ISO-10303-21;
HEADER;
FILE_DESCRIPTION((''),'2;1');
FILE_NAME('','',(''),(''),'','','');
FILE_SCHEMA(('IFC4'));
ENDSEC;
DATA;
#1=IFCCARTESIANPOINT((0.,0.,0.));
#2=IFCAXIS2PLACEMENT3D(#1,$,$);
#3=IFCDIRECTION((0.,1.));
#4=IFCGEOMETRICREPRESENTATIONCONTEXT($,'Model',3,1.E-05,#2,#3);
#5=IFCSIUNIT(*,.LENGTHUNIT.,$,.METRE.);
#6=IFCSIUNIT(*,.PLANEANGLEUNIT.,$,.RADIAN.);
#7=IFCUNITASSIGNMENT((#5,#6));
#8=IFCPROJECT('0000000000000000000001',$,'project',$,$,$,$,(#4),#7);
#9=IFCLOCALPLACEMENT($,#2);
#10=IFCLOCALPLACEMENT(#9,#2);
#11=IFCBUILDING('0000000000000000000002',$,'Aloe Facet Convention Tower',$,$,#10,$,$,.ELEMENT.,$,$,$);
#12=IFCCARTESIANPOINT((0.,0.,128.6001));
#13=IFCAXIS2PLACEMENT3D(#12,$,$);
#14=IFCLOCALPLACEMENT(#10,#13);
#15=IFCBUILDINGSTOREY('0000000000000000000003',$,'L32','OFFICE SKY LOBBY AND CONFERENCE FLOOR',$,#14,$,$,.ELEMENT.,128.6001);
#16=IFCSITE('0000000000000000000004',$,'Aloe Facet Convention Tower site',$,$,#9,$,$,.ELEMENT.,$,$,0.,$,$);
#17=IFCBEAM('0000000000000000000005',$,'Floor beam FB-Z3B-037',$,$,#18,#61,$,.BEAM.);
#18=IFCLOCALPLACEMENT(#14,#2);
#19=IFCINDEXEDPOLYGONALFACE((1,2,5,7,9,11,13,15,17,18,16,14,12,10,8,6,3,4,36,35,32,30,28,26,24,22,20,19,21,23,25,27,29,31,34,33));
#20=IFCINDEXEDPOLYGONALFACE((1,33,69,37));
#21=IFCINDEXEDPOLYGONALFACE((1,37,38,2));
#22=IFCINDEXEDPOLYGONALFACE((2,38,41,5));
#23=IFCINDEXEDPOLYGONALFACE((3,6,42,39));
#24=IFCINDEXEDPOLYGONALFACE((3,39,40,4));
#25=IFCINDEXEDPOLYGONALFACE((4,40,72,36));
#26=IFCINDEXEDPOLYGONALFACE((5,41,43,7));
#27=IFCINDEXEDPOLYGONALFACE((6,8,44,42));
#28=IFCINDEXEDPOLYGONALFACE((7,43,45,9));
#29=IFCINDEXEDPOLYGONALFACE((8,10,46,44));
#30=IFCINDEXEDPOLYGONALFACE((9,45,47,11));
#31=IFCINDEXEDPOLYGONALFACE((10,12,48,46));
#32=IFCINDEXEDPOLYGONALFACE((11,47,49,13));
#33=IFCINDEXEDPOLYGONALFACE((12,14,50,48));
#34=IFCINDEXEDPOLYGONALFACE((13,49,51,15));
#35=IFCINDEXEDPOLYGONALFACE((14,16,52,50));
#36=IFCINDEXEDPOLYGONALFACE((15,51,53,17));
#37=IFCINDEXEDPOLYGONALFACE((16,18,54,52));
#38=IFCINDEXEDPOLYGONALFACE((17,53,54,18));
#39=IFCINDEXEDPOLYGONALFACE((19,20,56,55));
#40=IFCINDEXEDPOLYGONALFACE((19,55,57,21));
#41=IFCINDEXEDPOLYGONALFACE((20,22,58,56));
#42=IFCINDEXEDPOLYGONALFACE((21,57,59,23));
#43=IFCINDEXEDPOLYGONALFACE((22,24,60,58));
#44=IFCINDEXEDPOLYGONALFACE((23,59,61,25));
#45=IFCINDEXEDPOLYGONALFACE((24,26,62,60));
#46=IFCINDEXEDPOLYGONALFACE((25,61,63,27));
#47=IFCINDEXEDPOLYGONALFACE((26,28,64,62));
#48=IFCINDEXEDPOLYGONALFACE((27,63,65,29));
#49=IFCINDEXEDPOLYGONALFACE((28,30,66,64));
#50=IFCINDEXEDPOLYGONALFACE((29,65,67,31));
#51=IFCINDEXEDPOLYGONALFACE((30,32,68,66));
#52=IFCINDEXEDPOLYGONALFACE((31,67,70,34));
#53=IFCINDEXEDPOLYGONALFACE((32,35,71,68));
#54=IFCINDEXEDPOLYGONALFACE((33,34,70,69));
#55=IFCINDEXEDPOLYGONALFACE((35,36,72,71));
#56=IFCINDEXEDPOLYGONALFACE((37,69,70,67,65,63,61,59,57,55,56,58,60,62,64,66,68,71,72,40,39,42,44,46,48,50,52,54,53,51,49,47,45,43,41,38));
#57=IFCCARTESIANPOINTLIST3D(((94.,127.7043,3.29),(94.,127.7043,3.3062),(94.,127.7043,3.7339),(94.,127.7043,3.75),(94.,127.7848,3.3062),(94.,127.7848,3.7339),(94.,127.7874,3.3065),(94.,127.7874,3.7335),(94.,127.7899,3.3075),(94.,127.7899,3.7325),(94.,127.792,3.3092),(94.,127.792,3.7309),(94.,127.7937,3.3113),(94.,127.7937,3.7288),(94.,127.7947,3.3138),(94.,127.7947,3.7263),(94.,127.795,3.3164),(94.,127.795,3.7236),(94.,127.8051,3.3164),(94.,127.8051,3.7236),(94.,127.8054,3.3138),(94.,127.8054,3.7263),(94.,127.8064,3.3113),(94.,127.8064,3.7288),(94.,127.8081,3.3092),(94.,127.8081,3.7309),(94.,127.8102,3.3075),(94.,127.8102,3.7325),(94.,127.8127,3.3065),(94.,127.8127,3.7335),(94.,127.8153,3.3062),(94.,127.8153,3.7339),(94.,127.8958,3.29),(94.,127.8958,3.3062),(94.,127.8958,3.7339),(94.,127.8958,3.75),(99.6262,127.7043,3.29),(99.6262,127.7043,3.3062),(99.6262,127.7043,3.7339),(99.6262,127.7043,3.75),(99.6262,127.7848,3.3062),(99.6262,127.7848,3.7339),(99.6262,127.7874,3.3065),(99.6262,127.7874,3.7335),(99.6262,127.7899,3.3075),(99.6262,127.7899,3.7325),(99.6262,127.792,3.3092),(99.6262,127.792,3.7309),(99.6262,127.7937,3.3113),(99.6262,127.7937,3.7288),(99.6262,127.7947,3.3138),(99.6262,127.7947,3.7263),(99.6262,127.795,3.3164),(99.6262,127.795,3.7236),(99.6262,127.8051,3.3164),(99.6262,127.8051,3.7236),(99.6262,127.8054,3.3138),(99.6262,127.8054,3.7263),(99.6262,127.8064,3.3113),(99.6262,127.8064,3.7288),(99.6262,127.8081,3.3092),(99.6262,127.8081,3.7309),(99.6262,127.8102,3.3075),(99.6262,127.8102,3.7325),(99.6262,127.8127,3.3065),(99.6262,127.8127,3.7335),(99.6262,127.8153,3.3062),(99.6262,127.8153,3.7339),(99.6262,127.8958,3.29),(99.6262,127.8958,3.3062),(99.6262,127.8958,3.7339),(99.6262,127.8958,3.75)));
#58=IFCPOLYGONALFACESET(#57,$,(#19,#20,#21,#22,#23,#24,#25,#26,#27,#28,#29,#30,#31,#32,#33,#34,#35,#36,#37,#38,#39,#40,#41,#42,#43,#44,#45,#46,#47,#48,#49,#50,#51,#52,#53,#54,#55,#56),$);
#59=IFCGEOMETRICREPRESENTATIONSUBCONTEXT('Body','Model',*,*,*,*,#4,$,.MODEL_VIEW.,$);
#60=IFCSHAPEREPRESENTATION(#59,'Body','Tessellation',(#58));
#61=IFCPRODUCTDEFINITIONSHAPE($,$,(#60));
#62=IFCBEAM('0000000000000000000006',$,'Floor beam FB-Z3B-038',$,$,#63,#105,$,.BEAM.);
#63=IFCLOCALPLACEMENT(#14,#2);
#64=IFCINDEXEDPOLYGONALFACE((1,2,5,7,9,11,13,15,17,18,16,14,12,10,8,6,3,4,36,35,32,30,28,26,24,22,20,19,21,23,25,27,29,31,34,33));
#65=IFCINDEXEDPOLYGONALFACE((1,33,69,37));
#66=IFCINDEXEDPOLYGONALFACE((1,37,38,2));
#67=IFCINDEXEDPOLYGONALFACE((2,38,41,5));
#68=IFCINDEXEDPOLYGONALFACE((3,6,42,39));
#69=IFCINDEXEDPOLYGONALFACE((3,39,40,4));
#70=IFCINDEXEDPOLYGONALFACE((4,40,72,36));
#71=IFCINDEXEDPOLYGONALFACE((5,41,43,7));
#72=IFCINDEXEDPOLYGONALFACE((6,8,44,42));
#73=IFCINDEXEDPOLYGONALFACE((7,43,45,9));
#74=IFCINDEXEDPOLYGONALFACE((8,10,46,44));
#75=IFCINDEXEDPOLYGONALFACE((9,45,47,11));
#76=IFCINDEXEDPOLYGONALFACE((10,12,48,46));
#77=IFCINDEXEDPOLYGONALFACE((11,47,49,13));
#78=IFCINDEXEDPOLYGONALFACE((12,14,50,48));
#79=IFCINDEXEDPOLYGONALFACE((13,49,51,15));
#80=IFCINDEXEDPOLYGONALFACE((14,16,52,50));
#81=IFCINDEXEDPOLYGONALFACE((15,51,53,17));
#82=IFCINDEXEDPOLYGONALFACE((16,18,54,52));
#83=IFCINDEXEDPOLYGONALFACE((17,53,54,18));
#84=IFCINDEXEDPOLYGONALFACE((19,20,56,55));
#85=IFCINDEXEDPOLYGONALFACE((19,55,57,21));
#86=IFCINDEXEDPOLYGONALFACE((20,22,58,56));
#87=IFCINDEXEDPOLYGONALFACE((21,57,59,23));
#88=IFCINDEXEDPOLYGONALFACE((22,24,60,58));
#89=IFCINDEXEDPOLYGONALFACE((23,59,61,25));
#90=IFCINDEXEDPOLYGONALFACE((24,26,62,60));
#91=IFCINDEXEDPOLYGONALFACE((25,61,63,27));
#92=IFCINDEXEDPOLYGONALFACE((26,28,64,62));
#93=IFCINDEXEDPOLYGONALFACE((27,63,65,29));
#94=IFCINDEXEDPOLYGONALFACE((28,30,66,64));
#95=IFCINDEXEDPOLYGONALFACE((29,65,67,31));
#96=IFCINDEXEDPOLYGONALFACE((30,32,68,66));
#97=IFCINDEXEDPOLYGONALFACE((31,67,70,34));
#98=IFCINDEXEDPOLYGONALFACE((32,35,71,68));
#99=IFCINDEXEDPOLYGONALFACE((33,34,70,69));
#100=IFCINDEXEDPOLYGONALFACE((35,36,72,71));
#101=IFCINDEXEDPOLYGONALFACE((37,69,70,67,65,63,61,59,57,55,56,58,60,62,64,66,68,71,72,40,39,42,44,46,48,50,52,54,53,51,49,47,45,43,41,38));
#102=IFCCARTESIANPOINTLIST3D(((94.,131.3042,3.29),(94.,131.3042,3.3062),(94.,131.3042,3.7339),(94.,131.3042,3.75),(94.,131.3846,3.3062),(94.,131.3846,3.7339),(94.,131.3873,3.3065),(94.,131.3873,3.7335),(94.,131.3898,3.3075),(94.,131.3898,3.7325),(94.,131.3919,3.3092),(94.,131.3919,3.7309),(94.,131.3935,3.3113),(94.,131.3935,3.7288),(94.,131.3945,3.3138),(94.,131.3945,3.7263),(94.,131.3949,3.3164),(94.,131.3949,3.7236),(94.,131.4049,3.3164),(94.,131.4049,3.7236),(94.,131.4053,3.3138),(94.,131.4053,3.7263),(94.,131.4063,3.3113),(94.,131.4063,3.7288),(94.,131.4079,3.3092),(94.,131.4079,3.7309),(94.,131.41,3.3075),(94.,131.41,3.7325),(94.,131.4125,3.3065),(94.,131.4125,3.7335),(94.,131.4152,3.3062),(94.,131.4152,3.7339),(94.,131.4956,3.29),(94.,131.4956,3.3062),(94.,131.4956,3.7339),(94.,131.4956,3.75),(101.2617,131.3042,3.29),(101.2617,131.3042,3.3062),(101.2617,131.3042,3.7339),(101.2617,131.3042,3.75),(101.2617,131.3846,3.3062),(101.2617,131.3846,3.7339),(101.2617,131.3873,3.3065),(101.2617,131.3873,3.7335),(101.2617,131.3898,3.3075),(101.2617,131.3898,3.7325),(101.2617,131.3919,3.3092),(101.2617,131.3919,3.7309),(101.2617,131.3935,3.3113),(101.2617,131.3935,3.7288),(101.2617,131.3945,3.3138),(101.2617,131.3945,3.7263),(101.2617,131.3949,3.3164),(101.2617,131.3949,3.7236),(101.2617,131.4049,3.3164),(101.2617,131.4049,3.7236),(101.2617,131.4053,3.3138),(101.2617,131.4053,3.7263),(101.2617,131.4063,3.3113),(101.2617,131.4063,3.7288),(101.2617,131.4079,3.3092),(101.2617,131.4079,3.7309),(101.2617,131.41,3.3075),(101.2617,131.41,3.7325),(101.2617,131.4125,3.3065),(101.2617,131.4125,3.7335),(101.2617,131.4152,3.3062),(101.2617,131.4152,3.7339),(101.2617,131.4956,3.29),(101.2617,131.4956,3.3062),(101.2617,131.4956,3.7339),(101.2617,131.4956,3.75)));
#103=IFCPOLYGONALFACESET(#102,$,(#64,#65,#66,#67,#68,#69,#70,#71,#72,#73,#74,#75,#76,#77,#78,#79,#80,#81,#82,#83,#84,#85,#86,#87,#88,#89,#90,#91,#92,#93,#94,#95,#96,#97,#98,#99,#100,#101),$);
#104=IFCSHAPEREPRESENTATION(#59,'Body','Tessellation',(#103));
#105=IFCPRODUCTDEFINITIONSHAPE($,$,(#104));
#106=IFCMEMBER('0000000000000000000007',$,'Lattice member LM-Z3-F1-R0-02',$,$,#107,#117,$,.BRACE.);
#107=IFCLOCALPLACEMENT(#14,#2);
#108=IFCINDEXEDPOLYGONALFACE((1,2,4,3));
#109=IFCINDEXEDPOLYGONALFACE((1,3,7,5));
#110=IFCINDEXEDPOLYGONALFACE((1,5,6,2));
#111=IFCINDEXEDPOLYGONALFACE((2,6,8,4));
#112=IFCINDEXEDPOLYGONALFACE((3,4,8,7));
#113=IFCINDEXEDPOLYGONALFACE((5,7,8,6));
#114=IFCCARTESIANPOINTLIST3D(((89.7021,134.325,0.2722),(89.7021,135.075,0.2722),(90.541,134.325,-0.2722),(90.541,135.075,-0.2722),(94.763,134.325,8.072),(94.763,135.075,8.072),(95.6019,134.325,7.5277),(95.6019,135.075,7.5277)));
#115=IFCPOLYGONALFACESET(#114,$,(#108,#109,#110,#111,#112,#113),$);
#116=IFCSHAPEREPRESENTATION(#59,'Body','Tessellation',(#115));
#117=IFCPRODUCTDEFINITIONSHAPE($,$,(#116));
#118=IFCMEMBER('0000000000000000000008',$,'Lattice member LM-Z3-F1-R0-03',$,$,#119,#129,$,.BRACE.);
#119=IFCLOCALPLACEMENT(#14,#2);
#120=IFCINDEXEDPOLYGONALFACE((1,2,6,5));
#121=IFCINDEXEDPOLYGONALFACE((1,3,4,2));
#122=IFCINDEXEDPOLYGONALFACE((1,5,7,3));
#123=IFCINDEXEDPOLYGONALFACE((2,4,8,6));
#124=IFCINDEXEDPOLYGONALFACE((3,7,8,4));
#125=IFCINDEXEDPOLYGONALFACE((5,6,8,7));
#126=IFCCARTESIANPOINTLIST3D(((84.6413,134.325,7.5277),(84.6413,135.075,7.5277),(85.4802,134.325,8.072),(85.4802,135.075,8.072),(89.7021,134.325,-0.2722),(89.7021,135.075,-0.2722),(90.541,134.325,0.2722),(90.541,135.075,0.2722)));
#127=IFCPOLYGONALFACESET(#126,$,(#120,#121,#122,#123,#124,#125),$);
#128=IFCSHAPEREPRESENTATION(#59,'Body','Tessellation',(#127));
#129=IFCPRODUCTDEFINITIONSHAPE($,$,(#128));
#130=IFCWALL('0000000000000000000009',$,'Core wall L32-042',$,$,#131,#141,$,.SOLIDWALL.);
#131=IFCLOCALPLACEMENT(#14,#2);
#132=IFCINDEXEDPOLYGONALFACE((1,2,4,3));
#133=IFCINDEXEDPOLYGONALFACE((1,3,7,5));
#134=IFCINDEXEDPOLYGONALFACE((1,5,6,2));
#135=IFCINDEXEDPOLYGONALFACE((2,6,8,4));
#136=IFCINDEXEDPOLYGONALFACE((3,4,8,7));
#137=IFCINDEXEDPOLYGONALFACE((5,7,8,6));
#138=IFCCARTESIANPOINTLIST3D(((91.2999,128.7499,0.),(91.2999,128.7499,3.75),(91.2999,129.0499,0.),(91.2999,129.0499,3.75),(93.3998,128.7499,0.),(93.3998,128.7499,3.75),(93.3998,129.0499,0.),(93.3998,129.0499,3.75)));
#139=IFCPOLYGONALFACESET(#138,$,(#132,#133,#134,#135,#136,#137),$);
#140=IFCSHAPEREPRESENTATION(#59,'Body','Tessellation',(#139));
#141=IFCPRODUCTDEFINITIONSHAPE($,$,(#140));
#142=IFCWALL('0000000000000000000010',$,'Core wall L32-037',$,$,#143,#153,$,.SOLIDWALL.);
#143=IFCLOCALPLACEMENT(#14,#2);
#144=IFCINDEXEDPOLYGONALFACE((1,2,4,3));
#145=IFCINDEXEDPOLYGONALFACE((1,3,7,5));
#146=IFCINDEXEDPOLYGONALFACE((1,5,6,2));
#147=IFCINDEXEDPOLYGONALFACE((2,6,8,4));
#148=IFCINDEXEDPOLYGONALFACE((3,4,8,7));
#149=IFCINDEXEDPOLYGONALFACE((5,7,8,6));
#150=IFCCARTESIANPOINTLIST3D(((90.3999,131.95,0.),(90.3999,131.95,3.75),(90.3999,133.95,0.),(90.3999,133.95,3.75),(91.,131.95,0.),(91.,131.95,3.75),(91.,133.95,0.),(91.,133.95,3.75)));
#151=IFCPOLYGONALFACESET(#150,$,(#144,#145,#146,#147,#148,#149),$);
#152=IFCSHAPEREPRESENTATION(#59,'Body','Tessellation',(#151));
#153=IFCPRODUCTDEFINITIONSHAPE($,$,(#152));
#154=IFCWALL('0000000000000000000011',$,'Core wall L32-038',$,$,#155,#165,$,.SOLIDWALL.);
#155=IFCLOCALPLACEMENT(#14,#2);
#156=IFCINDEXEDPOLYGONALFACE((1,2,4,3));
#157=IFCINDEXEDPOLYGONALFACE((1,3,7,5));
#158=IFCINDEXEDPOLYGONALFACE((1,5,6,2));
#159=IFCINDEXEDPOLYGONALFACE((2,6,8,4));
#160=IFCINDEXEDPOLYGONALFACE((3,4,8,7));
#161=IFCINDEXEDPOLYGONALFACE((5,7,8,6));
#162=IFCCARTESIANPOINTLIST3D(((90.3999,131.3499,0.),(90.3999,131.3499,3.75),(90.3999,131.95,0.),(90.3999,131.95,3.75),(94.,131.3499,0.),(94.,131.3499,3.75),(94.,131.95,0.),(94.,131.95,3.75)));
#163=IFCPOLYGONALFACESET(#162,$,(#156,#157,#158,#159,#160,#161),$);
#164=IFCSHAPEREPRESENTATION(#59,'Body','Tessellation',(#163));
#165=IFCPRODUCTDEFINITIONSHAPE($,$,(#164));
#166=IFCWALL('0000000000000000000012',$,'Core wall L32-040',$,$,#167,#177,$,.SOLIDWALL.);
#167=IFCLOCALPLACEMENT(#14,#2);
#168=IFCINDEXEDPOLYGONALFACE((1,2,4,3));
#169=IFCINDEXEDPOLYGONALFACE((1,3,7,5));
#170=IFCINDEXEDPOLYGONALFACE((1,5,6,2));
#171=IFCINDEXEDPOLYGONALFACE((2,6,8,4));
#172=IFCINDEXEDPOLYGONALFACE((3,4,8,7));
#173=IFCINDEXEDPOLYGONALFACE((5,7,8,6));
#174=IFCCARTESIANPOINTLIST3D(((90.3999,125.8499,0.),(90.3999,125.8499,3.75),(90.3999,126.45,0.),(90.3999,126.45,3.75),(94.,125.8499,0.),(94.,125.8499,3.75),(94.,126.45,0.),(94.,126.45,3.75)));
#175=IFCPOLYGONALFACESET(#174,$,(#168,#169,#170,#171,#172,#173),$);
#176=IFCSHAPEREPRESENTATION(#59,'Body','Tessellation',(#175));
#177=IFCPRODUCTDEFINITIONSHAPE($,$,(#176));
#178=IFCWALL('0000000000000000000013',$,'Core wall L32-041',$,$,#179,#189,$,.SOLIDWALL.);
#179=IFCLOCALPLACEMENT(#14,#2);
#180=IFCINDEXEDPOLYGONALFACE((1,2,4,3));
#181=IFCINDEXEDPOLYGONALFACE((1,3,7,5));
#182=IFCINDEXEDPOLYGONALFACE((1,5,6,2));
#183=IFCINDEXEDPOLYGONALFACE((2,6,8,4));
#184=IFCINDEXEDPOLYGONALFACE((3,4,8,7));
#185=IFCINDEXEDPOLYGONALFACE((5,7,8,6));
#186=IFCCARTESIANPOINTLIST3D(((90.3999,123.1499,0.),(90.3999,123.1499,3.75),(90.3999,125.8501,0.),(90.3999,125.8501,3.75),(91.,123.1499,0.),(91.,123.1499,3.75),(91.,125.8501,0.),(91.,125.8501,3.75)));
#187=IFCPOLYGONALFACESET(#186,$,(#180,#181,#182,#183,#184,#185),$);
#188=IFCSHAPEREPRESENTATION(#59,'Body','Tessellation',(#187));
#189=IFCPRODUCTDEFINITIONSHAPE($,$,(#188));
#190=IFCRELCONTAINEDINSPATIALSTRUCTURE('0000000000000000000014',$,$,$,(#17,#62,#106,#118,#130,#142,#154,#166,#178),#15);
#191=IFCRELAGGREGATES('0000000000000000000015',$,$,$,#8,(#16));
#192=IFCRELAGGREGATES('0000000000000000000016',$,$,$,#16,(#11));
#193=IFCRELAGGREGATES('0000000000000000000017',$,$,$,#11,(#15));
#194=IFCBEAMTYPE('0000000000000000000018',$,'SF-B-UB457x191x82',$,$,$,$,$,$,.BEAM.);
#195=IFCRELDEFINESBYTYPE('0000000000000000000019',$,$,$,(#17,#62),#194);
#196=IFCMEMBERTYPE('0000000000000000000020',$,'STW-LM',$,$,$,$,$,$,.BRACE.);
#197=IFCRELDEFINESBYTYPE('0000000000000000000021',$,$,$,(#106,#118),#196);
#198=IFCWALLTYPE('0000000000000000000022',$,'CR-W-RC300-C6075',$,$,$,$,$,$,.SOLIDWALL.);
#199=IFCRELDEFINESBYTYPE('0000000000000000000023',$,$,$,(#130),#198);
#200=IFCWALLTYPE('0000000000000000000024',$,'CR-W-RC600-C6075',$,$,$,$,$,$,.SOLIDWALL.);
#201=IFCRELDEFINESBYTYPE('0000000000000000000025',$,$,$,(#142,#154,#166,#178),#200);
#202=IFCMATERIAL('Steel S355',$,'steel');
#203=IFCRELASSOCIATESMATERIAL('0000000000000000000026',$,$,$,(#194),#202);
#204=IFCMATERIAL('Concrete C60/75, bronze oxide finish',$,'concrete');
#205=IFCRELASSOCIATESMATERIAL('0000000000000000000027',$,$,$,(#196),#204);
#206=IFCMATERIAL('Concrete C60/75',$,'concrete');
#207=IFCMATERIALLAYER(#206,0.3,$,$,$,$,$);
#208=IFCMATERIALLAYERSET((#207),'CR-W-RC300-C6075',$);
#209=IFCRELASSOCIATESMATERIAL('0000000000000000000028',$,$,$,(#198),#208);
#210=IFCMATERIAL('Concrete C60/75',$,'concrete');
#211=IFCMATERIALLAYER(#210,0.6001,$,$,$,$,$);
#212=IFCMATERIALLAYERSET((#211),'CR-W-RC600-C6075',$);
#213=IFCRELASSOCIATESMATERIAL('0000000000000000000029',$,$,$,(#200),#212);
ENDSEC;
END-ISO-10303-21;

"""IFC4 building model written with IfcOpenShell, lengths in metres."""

from ifc_helpers import new_model, si_unit, direction, frame, frame_2d, origin, origin_2d, place, context, subcontext, project, spatial, rectangle, i_section, extrude, material, layer, layer_set, material_profile, profile_set, type_object, element, save


model = new_model("IFC4")

# Units and contexts
model_context = context("Model", 3, precision=1e-05, world=origin(), true_north=direction((0.0, 1.0)))
body_context = subcontext(model_context, "Body", "Model", "MODEL_VIEW")
ifc_project = project(units=[si_unit("LENGTHUNIT", "METRE"), si_unit("PLANEANGLEUNIT", "RADIAN")], contexts=[model_context])

# Site, building, storey
site_placement = place(None, origin())
site = spatial("IfcSite", under=ifc_project, at=site_placement, Name="Aloe Facet Convention Tower site", CompositionType="ELEMENT", RefElevation=0.0)
building_placement = place(site_placement, origin())
building = spatial("IfcBuilding", under=site, at=building_placement, Name="Aloe Facet Convention Tower", CompositionType="ELEMENT")
storey_placement = place(building_placement, frame((0.0, 0.0, 128.6001)))
storey = spatial("IfcBuildingStorey", under=building, at=storey_placement, Name="L32", Description="OFFICE SKY LOBBY AND CONFERENCE FLOOR", CompositionType="ELEMENT", Elevation=128.6001)

# Beams
ifc_material_1 = material(Name="Steel S355", Category="steel")
ifc_material_profile_1 = material_profile(ifc_material_1, i_section(OverallWidth=0.1914, OverallDepth=0.46, WebThickness=0.01, FlangeThickness=0.0161, FilletRadius=0.0103, at=origin_2d()), Name="UB 457x191x82")
ifc_profile_set_1 = profile_set([ifc_material_profile_1], Name="Steel S355")
beam_type = type_object("IfcBeamType", Name="SF-B-UB457x191x82", PredefinedType="BEAM", material=ifc_profile_set_1)
beam_1_placement = place(storey_placement, frame((94.0, 127.8, 3.52), z_axis=(1.0, 0.0, 0.0), x_axis=(0.0, 1.0, 0.0)))
element("IfcBeam", 1, at=beam_1_placement, inside=storey, type_object=beam_type, Name="Floor beam FB-Z3B-037", PredefinedType="BEAM", context=body_context, shape_type="SweptSolid", body=[
    extrude(i_section(OverallWidth=0.1914, OverallDepth=0.46, WebThickness=0.01, FlangeThickness=0.0161, FilletRadius=0.0103, at=origin_2d()), origin(), (0.0, 0.0, 1.0), 5.6262),
])
beam_2_placement = place(storey_placement, frame((94.0, 131.3999, 3.52), z_axis=(1.0, 0.0, 0.0), x_axis=(0.0, 1.0, 0.0)))
element("IfcBeam", 2, at=beam_2_placement, inside=storey, type_object=beam_type, Name="Floor beam FB-Z3B-038", PredefinedType="BEAM", context=body_context, shape_type="SweptSolid", body=[
    extrude(i_section(OverallWidth=0.1914, OverallDepth=0.46, WebThickness=0.01, FlangeThickness=0.0161, FilletRadius=0.0103, at=origin_2d()), origin(), (0.0, 0.0, 1.0), 7.2617),
])

# Members
ifc_material_2 = material(Name="Concrete C60/75, bronze oxide finish", Category="concrete")
ifc_material_profile_2 = material_profile(ifc_material_2, rectangle(XDim=0.75, YDim=1.0, at=origin_2d()), Name="STW-LM")
ifc_profile_set_2 = profile_set([ifc_material_profile_2], Name="Concrete C60/75, bronze oxide finish")
member_type = type_object("IfcMemberType", Name="STW-LM", PredefinedType="BRACE", material=ifc_profile_set_2)
for number, where, z_axis, x_axis, name in (
    (3, (90.1216, 134.7, 0.0), (0.544301, 0.0, 0.83889), (0.0, 1.0, 0.0), "Lattice member LM-Z3-F1-R0-02"),
    (4, (90.1216, 134.7, 0.0), (-0.544301, 0.0, 0.83889), (0.0, -1.0, 0.0), "Lattice member LM-Z3-F1-R0-03"),
):
    element("IfcMember", number, at=place(storey_placement, frame(where, z_axis=z_axis, x_axis=x_axis)), inside=storey, type_object=member_type, Name=name, PredefinedType="BRACE", context=body_context, shape_type="SweptSolid", body=[
        extrude(rectangle(XDim=0.75, YDim=1.0, at=origin_2d()), origin(), (0.0, 0.0, 1.0), 9.2979),
    ])

# Walls
ifc_material_3 = material(Name="Concrete C60/75", Category="concrete")
ifc_layer_1 = layer(ifc_material_3, 0.3)
ifc_layer_set_1 = layer_set([ifc_layer_1], Name="CR-W-RC300-C6075")
wall_type_1 = type_object("IfcWallType", Name="CR-W-RC300-C6075", PredefinedType="SOLIDWALL", material=ifc_layer_set_1)
wall_1_placement = place(storey_placement, frame((91.3, 128.8999, 0.0), z_axis=(0.0, 0.0, 1.0), x_axis=(1.0, 0.0, 0.0)))
element("IfcWall", 5, at=wall_1_placement, inside=storey, type_object=wall_type_1, Name="Core wall L32-042", PredefinedType="SOLIDWALL", context=body_context, shape_type="SweptSolid", body=[
    extrude(rectangle(XDim=2.0999, YDim=0.3, at=frame_2d((1.0498, 0.0))), origin(), (0.0, 0.0, 1.0), 3.75),
])
ifc_material_4 = material(Name="Concrete C60/75", Category="concrete")
ifc_layer_2 = layer(ifc_material_4, 0.6001)
ifc_layer_set_2 = layer_set([ifc_layer_2], Name="CR-W-RC600-C6075")
wall_type_2 = type_object("IfcWallType", Name="CR-W-RC600-C6075", PredefinedType="SOLIDWALL", material=ifc_layer_set_2)
wall_2_placement = place(storey_placement, frame((90.7, 133.95, 0.0), z_axis=(0.0, 0.0, 1.0), x_axis=(0.0, -1.0, 0.0)))
element("IfcWall", 6, at=wall_2_placement, inside=storey, type_object=wall_type_2, Name="Core wall L32-037", PredefinedType="SOLIDWALL", context=body_context, shape_type="SweptSolid", body=[
    extrude(rectangle(XDim=2.0, YDim=0.6001, at=frame_2d((1.0, 0.0))), origin(), (0.0, 0.0, 1.0), 3.75),
])
for number, where, z_axis, x_axis, name in (
    (7, (90.3999, 131.6499, 0.0), (0.0, 0.0, 1.0), (1.0, 0.0, 0.0), "Core wall L32-038"),
    (8, (90.3999, 126.1499, 0.0), (0.0, 0.0, 1.0), (1.0, 0.0, 0.0), "Core wall L32-040"),
):
    element("IfcWall", number, at=place(storey_placement, frame(where, z_axis=z_axis, x_axis=x_axis)), inside=storey, type_object=wall_type_2, Name=name, PredefinedType="SOLIDWALL", context=body_context, shape_type="SweptSolid", body=[
        extrude(rectangle(XDim=3.6001, YDim=0.6001, at=frame_2d((1.8, 0.0))), origin(), (0.0, 0.0, 1.0), 3.75),
    ])
wall_3_placement = place(storey_placement, frame((90.7, 125.8501, 0.0), z_axis=(0.0, 0.0, 1.0), x_axis=(0.0, -1.0, 0.0)))
element("IfcWall", 9, at=wall_3_placement, inside=storey, type_object=wall_type_2, Name="Core wall L32-041", PredefinedType="SOLIDWALL", context=body_context, shape_type="SweptSolid", body=[
    extrude(rectangle(XDim=2.7002, YDim=0.6001, at=frame_2d((1.3501, 0.0))), origin(), (0.0, 0.0, 1.0), 3.75),
])

save(model, "model.ifc")
